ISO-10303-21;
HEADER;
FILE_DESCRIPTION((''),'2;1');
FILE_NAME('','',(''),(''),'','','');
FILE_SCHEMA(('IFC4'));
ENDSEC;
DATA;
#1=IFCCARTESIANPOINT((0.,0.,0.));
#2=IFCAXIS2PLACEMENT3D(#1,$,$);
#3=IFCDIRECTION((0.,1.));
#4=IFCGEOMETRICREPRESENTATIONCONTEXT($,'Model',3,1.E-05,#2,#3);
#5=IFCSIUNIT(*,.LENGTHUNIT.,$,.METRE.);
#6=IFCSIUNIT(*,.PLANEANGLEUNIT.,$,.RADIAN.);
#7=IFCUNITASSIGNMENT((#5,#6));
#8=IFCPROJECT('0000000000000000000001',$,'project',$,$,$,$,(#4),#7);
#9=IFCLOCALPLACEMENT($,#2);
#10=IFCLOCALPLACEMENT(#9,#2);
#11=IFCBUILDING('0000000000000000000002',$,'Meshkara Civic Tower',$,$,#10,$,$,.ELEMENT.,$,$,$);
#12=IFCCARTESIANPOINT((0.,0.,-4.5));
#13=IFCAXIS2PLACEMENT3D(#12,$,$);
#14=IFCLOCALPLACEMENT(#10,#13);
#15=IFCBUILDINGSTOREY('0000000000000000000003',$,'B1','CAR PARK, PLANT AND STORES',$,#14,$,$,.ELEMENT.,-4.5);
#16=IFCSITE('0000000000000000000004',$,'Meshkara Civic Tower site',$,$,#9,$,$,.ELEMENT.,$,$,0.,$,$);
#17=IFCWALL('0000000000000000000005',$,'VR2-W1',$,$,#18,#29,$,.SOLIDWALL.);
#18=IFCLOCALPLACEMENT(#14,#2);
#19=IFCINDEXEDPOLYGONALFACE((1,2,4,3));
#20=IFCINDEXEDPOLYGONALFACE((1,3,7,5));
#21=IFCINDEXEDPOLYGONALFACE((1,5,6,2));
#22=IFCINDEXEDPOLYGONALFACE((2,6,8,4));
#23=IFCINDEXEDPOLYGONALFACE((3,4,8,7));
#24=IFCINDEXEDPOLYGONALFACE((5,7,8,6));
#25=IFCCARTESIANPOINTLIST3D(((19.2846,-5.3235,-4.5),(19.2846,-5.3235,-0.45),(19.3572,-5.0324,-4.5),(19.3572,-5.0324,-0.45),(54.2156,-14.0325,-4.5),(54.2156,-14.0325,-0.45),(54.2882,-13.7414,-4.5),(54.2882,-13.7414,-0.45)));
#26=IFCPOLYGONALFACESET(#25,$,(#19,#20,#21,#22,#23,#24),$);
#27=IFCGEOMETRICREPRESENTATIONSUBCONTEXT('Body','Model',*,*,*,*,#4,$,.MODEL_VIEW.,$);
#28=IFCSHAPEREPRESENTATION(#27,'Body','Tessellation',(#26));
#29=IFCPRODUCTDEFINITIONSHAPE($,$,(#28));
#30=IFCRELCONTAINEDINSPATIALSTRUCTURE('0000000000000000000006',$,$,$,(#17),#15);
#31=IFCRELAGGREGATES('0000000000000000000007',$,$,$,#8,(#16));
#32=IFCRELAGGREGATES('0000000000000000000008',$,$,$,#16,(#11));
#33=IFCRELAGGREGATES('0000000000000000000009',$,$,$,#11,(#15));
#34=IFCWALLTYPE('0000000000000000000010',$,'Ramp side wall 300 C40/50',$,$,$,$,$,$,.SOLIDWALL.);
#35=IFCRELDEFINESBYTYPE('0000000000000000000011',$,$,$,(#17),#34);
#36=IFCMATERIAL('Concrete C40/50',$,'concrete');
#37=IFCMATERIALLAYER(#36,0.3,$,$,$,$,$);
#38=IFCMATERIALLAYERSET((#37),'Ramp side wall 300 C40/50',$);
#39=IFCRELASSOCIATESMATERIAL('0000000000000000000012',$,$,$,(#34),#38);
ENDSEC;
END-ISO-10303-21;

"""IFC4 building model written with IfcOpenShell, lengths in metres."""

from ifc_helpers import new_model, si_unit, direction, frame, frame_2d, origin, place, context, subcontext, project, spatial, rectangle, extrude, material, layer, layer_set, type_object, element, save


model = new_model("IFC4")

# Units and contexts
model_context = context("Model", 3, precision=1e-05, world=origin(), true_north=direction((0.0, 1.0)))
body_context = subcontext(model_context, "Body", "Model", "MODEL_VIEW")
ifc_project = project(units=[si_unit("LENGTHUNIT", "METRE"), si_unit("PLANEANGLEUNIT", "RADIAN")], contexts=[model_context])

# Site, building, storey
site_placement = place(None, origin())
site = spatial("IfcSite", under=ifc_project, at=site_placement, Name="Meshkara Civic Tower site", CompositionType="ELEMENT", RefElevation=0.0)
building_placement = place(site_placement, origin())
building = spatial("IfcBuilding", under=site, at=building_placement, Name="Meshkara Civic Tower", CompositionType="ELEMENT")
storey_placement = place(building_placement, frame((0.0, 0.0, -4.5)))
storey = spatial("IfcBuildingStorey", under=building, at=storey_placement, Name="B1", Description="CAR PARK, PLANT AND STORES", CompositionType="ELEMENT", Elevation=-4.5)

# Wall
ifc_material_1 = material(Name="Concrete C40/50", Category="concrete")
ifc_layer_1 = layer(ifc_material_1, 0.3)
ifc_layer_set_1 = layer_set([ifc_layer_1], Name="Ramp side wall 300 C40/50")
wall_type_1 = type_object("IfcWallType", Name="Ramp side wall 300 C40/50", PredefinedType="SOLIDWALL", material=ifc_layer_set_1)
wall_1_placement = place(storey_placement, frame((19.321, -5.178, -4.5), z_axis=(0.0, 0.0, 1.0), x_axis=(0.970297, -0.241915, 0.0)))
element("IfcWall", 1, at=wall_1_placement, inside=storey, type_object=wall_type_1, Name="VR2-W1", PredefinedType="SOLIDWALL", context=body_context, shape_type="SweptSolid", body=[
    extrude(rectangle(XDim=36.0002, YDim=0.3, at=frame_2d((18.0, 0.0))), origin(), (0.0, 0.0, 1.0), 4.05),
])

save(model, "model.ifc")
